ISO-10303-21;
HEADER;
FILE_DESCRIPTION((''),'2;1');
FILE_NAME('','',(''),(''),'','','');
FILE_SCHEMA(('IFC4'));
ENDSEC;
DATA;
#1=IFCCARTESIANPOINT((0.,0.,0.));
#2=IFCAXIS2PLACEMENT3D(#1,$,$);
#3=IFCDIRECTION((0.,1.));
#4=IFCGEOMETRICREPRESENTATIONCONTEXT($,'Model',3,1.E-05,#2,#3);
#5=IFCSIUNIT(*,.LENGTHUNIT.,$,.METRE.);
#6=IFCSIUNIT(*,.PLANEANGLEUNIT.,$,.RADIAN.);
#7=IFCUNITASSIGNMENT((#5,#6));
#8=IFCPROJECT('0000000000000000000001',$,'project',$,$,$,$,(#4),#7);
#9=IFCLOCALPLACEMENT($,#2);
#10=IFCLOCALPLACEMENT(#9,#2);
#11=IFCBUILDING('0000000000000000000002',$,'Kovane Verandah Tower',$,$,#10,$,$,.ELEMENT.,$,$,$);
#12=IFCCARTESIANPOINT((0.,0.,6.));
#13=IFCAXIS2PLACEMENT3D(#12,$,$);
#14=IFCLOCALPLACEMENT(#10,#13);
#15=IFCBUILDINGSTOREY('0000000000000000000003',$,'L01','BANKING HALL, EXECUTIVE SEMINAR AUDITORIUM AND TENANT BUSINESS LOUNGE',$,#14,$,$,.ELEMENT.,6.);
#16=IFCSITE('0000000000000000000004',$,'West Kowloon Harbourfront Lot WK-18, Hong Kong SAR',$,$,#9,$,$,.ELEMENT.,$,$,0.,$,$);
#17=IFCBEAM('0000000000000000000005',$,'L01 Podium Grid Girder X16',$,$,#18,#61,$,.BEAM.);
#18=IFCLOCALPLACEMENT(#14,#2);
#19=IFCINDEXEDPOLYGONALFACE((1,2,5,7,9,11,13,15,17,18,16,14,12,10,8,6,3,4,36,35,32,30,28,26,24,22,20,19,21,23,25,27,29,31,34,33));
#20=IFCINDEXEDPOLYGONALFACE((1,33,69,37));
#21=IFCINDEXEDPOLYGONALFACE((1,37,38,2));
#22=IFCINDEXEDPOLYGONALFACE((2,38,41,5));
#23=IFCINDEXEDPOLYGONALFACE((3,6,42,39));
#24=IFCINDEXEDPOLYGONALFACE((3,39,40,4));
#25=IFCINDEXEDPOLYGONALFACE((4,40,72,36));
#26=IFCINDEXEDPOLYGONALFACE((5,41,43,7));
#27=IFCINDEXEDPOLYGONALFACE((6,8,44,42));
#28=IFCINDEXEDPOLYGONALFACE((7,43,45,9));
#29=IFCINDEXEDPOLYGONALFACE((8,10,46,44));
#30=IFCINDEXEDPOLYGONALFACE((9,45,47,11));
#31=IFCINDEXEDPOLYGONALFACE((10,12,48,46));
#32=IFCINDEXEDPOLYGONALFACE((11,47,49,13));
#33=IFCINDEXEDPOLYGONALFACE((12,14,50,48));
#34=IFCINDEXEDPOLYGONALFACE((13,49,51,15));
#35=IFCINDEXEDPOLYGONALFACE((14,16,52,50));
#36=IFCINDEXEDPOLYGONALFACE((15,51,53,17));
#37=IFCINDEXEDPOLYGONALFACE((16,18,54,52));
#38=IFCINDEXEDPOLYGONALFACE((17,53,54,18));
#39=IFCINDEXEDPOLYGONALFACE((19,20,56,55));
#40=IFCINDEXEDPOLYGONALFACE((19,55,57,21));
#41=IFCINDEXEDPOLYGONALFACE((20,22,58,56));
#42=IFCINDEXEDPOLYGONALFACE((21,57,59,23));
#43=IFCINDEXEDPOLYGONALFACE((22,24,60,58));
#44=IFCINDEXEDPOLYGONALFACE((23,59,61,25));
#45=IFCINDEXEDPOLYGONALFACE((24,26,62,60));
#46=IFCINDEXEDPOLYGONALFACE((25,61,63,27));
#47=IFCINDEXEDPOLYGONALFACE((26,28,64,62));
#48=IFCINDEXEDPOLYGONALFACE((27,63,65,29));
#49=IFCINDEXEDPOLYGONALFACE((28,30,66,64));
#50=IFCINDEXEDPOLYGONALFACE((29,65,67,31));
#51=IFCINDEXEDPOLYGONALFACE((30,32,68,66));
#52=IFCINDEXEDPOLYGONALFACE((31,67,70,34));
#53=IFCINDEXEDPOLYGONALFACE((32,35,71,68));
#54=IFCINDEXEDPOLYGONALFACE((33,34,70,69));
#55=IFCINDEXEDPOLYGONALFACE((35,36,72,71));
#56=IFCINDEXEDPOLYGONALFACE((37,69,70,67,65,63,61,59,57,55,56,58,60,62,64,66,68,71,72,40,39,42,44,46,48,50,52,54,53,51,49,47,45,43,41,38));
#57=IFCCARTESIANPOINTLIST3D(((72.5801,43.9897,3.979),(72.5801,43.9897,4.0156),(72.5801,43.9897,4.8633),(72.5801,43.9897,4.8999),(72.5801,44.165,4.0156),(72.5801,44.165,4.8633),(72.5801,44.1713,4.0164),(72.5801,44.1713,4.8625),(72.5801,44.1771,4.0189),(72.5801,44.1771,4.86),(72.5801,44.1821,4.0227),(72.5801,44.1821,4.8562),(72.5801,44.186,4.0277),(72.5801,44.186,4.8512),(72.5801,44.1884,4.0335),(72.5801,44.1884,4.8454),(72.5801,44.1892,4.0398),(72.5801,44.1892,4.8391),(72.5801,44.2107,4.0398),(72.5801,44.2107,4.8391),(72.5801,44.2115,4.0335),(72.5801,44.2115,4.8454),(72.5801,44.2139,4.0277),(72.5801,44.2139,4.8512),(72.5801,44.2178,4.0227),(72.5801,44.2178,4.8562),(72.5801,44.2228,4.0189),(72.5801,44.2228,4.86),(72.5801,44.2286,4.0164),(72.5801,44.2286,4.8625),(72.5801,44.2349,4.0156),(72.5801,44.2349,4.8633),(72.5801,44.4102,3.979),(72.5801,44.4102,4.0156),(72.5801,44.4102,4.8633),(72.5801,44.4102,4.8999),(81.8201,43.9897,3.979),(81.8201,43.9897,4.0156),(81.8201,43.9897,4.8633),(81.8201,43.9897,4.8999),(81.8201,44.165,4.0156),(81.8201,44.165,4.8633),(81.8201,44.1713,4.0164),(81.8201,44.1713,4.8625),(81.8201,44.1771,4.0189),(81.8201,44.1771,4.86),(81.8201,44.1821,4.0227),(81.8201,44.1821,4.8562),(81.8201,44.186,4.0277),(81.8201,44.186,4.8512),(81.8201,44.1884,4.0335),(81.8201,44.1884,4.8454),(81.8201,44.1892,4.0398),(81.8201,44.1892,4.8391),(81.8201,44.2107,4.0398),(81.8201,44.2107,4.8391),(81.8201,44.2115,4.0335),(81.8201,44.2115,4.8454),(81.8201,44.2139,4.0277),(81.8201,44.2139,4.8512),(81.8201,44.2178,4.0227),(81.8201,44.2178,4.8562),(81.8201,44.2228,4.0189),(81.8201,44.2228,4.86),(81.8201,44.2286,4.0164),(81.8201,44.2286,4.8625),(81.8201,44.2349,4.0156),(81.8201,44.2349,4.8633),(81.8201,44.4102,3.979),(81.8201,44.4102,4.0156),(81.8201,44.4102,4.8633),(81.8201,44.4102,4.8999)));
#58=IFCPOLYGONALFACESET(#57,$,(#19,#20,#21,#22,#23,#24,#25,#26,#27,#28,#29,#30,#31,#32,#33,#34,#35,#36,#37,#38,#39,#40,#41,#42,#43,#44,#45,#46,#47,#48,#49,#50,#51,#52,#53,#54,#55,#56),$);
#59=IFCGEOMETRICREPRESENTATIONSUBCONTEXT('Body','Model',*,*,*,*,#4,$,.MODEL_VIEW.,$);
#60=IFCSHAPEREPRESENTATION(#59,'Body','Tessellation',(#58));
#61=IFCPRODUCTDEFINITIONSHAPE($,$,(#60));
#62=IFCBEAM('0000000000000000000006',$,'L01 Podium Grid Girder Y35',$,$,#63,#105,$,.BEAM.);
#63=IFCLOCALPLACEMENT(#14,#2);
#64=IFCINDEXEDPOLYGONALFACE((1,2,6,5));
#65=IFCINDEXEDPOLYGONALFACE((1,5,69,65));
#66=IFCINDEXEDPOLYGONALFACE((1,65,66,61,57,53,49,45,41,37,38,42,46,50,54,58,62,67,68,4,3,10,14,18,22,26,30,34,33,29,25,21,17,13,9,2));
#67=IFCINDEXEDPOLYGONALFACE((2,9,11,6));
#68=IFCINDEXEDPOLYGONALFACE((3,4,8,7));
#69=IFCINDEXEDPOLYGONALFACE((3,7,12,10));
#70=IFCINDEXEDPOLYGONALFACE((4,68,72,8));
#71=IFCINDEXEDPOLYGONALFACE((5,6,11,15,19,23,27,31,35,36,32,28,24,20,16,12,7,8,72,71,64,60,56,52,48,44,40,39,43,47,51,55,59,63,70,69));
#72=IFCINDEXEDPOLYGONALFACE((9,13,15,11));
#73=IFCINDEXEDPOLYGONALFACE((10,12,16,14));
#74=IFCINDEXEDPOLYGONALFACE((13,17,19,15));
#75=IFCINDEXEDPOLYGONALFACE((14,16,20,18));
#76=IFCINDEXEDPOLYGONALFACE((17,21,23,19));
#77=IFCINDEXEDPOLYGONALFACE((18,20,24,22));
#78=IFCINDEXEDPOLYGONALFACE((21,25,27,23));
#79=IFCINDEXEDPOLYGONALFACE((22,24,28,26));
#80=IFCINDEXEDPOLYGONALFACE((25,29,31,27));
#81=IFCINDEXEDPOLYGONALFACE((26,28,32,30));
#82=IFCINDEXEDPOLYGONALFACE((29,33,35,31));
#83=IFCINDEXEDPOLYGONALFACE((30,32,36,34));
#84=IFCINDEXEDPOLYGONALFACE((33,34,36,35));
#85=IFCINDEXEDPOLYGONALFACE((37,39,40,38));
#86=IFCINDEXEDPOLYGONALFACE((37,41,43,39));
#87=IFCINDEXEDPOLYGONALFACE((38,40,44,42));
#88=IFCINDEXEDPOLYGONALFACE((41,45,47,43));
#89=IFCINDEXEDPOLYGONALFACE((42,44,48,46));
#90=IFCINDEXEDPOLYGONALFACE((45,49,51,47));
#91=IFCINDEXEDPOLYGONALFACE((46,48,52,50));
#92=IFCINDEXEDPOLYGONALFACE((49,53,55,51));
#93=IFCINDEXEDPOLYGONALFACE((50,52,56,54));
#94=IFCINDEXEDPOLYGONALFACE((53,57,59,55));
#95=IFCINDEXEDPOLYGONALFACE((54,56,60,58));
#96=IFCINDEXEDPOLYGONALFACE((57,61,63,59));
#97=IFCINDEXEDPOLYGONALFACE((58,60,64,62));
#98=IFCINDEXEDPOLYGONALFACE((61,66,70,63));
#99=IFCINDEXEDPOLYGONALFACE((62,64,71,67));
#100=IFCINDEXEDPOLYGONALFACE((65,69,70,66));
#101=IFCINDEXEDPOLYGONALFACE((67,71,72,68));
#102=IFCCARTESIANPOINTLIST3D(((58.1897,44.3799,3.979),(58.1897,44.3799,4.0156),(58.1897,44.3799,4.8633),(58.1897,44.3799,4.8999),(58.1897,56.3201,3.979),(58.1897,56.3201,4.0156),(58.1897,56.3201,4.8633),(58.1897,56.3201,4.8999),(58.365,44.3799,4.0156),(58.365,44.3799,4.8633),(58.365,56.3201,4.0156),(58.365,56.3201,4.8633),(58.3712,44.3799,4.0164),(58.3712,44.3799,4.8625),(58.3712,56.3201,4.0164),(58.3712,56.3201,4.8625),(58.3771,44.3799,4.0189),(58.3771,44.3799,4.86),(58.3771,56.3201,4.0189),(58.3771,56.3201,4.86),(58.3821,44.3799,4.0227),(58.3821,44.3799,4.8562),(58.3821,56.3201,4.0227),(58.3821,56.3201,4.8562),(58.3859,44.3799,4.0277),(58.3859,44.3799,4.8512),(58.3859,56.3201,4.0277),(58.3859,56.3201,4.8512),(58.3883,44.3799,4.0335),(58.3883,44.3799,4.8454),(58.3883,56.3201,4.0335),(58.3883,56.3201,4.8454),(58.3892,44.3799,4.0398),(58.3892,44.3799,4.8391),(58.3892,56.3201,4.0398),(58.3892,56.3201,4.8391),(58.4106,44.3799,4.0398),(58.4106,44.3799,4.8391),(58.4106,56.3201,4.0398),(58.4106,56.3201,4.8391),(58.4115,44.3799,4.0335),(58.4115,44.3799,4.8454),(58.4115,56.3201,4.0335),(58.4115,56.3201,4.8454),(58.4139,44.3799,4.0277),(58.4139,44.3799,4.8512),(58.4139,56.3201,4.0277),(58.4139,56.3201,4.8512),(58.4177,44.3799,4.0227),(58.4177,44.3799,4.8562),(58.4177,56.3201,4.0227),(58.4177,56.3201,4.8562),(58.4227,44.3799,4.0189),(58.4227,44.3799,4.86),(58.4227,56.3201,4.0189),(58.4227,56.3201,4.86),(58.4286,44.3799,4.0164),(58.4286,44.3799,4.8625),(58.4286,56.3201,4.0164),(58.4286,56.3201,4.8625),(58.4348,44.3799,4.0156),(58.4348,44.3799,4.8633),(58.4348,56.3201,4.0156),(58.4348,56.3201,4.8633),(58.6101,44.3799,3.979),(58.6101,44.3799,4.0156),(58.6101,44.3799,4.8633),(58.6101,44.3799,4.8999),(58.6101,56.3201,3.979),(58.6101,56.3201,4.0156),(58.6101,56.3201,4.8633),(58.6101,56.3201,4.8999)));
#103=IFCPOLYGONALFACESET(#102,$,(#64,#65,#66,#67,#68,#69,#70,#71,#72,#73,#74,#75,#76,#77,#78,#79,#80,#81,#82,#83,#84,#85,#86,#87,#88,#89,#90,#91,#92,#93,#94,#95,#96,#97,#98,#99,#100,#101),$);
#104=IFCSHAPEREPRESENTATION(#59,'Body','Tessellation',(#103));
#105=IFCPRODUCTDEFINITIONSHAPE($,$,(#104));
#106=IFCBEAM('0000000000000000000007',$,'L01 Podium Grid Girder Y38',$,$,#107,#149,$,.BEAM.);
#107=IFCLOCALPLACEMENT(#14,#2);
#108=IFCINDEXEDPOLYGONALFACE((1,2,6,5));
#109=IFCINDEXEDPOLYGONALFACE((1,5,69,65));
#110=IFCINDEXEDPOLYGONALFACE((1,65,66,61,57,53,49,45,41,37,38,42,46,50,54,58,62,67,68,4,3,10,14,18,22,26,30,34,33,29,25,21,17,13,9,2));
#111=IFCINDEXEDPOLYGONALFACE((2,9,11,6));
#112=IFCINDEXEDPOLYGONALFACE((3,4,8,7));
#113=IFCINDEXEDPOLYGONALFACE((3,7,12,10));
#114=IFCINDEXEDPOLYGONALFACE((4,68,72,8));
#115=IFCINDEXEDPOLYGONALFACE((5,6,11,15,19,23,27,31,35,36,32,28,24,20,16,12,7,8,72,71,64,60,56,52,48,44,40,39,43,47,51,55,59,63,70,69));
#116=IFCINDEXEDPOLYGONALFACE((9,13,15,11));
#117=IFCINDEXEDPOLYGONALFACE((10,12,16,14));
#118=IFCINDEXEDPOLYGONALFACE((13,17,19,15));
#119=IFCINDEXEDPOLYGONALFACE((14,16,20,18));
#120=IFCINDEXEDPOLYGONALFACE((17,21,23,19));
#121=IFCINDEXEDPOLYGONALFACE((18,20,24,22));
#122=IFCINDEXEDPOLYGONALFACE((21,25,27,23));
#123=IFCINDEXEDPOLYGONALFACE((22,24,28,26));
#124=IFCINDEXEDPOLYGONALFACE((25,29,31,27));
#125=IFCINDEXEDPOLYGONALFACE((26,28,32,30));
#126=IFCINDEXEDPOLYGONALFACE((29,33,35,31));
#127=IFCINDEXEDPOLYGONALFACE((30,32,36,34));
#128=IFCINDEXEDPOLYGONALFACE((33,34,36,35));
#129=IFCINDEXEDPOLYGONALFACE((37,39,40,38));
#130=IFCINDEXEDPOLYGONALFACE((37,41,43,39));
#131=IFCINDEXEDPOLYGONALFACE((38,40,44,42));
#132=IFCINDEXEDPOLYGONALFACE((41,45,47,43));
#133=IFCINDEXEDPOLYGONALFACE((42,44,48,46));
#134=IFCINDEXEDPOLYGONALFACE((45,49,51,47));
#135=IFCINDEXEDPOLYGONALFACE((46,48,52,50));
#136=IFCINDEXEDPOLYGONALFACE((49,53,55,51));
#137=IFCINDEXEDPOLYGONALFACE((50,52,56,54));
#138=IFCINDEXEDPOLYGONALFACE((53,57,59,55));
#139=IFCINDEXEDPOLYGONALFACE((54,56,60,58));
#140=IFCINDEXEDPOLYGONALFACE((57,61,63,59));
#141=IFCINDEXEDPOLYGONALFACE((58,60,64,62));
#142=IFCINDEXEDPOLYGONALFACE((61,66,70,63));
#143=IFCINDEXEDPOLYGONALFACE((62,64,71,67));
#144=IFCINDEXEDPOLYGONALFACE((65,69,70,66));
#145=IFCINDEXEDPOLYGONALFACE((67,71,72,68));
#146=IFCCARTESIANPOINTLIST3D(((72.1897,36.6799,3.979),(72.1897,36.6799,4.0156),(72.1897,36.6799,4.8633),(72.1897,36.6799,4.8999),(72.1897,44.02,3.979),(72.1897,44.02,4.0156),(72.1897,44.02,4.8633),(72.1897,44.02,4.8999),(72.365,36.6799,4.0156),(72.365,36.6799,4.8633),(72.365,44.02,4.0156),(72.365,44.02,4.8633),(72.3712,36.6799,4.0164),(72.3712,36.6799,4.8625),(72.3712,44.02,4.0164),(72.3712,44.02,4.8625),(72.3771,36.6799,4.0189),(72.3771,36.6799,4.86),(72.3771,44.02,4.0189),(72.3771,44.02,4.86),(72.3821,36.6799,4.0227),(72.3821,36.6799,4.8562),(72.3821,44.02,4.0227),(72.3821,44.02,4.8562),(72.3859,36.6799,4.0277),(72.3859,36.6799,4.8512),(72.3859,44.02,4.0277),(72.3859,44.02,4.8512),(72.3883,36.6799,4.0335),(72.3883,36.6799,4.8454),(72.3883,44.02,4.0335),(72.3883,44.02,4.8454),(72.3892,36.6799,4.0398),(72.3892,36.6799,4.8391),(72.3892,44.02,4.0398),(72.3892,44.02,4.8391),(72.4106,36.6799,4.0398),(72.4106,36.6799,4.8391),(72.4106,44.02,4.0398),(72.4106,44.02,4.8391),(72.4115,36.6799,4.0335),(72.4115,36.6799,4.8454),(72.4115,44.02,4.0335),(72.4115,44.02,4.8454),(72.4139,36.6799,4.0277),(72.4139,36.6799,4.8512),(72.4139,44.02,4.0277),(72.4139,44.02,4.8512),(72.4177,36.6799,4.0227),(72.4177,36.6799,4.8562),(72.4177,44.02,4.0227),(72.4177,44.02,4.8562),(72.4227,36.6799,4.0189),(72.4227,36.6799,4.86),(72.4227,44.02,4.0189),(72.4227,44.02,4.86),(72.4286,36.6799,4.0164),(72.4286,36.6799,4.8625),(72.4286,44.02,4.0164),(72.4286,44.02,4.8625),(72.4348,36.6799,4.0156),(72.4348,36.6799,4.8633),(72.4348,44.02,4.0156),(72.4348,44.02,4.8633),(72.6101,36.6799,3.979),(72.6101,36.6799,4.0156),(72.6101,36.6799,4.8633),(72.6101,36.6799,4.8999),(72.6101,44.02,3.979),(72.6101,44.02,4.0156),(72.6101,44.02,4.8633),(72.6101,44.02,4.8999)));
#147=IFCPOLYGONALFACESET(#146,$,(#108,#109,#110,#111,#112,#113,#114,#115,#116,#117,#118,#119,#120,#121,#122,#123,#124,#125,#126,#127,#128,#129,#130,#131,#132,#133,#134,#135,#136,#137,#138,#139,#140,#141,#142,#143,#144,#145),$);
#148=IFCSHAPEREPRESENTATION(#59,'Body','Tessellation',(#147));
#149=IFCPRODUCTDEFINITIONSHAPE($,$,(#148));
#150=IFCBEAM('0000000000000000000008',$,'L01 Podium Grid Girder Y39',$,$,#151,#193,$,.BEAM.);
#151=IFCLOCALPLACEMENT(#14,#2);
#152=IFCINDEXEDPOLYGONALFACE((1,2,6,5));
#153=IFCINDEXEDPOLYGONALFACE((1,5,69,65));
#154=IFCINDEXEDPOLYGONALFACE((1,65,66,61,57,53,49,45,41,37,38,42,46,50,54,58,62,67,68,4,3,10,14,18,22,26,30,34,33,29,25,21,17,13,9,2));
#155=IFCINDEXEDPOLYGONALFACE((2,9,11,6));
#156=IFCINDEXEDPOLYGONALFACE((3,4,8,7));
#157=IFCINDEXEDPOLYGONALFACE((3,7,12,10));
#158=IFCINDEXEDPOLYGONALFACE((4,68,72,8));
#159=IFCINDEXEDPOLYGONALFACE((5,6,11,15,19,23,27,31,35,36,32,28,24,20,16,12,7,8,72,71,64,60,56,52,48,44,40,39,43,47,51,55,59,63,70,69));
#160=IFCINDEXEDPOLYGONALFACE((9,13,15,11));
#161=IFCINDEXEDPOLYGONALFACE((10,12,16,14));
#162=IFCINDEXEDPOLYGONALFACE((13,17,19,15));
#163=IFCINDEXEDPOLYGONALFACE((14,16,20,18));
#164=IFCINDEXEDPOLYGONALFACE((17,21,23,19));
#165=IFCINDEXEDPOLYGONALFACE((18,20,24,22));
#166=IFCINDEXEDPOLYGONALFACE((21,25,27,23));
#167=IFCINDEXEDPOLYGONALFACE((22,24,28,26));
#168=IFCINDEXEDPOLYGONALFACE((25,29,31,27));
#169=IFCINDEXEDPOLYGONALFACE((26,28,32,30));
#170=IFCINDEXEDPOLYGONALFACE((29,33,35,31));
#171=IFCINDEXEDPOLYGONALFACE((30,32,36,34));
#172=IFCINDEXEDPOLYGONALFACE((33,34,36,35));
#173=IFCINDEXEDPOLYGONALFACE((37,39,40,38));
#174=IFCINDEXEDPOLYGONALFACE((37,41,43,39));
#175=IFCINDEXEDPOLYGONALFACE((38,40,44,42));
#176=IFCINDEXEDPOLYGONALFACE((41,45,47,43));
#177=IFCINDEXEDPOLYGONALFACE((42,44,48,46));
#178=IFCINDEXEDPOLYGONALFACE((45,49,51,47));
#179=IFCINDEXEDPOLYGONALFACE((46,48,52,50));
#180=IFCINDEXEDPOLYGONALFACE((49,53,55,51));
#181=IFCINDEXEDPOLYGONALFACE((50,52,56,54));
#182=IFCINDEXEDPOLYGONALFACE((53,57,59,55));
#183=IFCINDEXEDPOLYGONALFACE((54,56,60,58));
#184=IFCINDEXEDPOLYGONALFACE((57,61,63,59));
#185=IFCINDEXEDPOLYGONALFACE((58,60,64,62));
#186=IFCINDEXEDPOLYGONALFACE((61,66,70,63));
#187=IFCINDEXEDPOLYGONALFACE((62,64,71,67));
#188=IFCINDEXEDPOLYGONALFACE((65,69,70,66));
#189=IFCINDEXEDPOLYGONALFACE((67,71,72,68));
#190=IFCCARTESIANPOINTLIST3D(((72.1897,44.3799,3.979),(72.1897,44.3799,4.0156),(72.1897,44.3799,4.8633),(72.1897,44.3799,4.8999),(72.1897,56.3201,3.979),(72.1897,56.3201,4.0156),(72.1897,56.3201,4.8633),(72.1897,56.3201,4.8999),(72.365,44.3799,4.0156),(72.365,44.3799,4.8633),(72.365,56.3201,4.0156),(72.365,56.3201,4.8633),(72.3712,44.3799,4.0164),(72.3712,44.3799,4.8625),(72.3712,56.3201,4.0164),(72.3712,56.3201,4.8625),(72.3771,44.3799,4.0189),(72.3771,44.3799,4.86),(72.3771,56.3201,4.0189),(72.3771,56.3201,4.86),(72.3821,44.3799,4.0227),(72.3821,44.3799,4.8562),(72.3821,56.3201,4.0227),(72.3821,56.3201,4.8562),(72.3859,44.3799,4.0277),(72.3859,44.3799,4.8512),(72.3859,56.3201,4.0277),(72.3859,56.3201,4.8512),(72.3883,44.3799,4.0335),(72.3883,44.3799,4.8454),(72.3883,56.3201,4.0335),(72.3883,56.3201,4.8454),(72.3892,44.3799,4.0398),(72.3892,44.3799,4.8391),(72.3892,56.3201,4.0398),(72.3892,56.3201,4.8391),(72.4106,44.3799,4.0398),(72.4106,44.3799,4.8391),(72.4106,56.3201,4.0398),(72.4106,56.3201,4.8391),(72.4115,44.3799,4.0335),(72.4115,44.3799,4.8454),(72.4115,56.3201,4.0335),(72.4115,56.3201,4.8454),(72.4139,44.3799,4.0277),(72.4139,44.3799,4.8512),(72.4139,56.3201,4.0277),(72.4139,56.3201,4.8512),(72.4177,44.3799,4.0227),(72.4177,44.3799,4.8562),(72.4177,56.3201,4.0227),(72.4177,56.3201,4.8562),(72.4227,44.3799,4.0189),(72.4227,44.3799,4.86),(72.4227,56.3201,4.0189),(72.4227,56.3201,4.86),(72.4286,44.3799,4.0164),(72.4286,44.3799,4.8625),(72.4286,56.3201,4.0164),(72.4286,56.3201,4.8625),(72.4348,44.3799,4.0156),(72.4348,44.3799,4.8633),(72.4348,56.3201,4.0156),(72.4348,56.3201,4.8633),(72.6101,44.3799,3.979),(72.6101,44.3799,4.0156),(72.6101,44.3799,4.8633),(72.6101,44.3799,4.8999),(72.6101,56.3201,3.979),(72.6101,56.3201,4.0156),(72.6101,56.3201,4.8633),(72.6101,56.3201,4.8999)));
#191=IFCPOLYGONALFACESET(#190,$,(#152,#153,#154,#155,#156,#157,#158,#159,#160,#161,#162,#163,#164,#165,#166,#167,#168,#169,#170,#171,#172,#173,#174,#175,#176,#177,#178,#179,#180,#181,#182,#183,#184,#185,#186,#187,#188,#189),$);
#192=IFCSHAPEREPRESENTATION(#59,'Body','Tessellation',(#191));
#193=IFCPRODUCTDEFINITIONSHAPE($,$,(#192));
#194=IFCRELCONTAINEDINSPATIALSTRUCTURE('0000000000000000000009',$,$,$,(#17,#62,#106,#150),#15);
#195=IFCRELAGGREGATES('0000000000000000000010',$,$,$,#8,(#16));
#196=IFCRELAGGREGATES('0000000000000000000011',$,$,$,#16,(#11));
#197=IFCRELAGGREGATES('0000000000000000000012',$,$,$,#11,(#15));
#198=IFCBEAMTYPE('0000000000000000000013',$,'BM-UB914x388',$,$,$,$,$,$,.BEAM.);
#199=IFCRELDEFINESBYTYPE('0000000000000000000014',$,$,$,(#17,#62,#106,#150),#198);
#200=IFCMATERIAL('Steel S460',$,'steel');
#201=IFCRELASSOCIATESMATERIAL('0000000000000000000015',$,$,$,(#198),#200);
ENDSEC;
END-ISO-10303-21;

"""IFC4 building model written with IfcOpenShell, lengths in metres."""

from ifc_helpers import new_model, si_unit, direction, frame, origin, origin_2d, place, context, subcontext, project, spatial, i_section, extrude, material, material_profile, profile_set, type_object, element, save


model = new_model("IFC4")

# Units and contexts
model_context = context("Model", 3, precision=1e-05, world=origin(), true_north=direction((0.0, 1.0)))
body_context = subcontext(model_context, "Body", "Model", "MODEL_VIEW")
ifc_project = project(units=[si_unit("LENGTHUNIT", "METRE"), si_unit("PLANEANGLEUNIT", "RADIAN")], contexts=[model_context])

# Site, building, storey
site_placement = place(None, origin())
site = spatial("IfcSite", under=ifc_project, at=site_placement, Name="West Kowloon Harbourfront Lot WK-18, Hong Kong SAR", CompositionType="ELEMENT", RefElevation=0.0)
building_placement = place(site_placement, origin())
building = spatial("IfcBuilding", under=site, at=building_placement, Name="Kovane Verandah Tower", CompositionType="ELEMENT")
storey_placement = place(building_placement, frame((0.0, 0.0, 6.0)))
storey = spatial("IfcBuildingStorey", under=building, at=storey_placement, Name="L01", Description="BANKING HALL, EXECUTIVE SEMINAR AUDITORIUM AND TENANT BUSINESS LOUNGE", CompositionType="ELEMENT", Elevation=6.0)

# Shared definitions
ifc_material_1 = material(Name="Steel S460", Category="steel")

# Beams
ifc_material_profile_1 = material_profile(ifc_material_1, i_section(OverallWidth=0.4204, OverallDepth=0.9209, WebThickness=0.0215, FlangeThickness=0.0366, FilletRadius=0.0242, at=origin_2d()), Name="UB914x419x388")
ifc_profile_set_1 = profile_set([ifc_material_profile_1], Name="Steel S460")
beam_type = type_object("IfcBeamType", Name="BM-UB914x388", PredefinedType="BEAM", material=ifc_profile_set_1)
beam_1_placement = place(storey_placement, frame((72.5801, 44.2, 4.4395), z_axis=(1.0, 0.0, 0.0), x_axis=(0.0, 1.0, 0.0)))
element("IfcBeam", 1, at=beam_1_placement, inside=storey, type_object=beam_type, Name="L01 Podium Grid Girder X16", PredefinedType="BEAM", context=body_context, shape_type="SweptSolid", body=[
    extrude(i_section(OverallWidth=0.4204, OverallDepth=0.9209, WebThickness=0.0215, FlangeThickness=0.0366, FilletRadius=0.0242, at=origin_2d()), origin(), (0.0, 0.0, 1.0), 9.24),
])
beam_2_placement = place(storey_placement, frame((58.3999, 44.3799, 4.4395), z_axis=(0.0, 1.0, 0.0), x_axis=(-1.0, 0.0, 0.0)))
element("IfcBeam", 2, at=beam_2_placement, inside=storey, type_object=beam_type, Name="L01 Podium Grid Girder Y35", PredefinedType="BEAM", context=body_context, shape_type="SweptSolid", body=[
    extrude(i_section(OverallWidth=0.4204, OverallDepth=0.9209, WebThickness=0.0215, FlangeThickness=0.0366, FilletRadius=0.0242, at=origin_2d()), origin(), (0.0, 0.0, 1.0), 11.9402),
])
beam_3_placement = place(storey_placement, frame((72.3999, 36.6799, 4.4395), z_axis=(0.0, 1.0, 0.0), x_axis=(-1.0, 0.0, 0.0)))
element("IfcBeam", 3, at=beam_3_placement, inside=storey, type_object=beam_type, Name="L01 Podium Grid Girder Y38", PredefinedType="BEAM", context=body_context, shape_type="SweptSolid", body=[
    extrude(i_section(OverallWidth=0.4204, OverallDepth=0.9209, WebThickness=0.0215, FlangeThickness=0.0366, FilletRadius=0.0242, at=origin_2d()), origin(), (0.0, 0.0, 1.0), 7.3401),
])
beam_4_placement = place(storey_placement, frame((72.3999, 44.3799, 4.4395), z_axis=(0.0, 1.0, 0.0), x_axis=(-1.0, 0.0, 0.0)))
element("IfcBeam", 4, at=beam_4_placement, inside=storey, type_object=beam_type, Name="L01 Podium Grid Girder Y39", PredefinedType="BEAM", context=body_context, shape_type="SweptSolid", body=[
    extrude(i_section(OverallWidth=0.4204, OverallDepth=0.9209, WebThickness=0.0215, FlangeThickness=0.0366, FilletRadius=0.0242, at=origin_2d()), origin(), (0.0, 0.0, 1.0), 11.9402),
])

save(model, "model.ifc")
